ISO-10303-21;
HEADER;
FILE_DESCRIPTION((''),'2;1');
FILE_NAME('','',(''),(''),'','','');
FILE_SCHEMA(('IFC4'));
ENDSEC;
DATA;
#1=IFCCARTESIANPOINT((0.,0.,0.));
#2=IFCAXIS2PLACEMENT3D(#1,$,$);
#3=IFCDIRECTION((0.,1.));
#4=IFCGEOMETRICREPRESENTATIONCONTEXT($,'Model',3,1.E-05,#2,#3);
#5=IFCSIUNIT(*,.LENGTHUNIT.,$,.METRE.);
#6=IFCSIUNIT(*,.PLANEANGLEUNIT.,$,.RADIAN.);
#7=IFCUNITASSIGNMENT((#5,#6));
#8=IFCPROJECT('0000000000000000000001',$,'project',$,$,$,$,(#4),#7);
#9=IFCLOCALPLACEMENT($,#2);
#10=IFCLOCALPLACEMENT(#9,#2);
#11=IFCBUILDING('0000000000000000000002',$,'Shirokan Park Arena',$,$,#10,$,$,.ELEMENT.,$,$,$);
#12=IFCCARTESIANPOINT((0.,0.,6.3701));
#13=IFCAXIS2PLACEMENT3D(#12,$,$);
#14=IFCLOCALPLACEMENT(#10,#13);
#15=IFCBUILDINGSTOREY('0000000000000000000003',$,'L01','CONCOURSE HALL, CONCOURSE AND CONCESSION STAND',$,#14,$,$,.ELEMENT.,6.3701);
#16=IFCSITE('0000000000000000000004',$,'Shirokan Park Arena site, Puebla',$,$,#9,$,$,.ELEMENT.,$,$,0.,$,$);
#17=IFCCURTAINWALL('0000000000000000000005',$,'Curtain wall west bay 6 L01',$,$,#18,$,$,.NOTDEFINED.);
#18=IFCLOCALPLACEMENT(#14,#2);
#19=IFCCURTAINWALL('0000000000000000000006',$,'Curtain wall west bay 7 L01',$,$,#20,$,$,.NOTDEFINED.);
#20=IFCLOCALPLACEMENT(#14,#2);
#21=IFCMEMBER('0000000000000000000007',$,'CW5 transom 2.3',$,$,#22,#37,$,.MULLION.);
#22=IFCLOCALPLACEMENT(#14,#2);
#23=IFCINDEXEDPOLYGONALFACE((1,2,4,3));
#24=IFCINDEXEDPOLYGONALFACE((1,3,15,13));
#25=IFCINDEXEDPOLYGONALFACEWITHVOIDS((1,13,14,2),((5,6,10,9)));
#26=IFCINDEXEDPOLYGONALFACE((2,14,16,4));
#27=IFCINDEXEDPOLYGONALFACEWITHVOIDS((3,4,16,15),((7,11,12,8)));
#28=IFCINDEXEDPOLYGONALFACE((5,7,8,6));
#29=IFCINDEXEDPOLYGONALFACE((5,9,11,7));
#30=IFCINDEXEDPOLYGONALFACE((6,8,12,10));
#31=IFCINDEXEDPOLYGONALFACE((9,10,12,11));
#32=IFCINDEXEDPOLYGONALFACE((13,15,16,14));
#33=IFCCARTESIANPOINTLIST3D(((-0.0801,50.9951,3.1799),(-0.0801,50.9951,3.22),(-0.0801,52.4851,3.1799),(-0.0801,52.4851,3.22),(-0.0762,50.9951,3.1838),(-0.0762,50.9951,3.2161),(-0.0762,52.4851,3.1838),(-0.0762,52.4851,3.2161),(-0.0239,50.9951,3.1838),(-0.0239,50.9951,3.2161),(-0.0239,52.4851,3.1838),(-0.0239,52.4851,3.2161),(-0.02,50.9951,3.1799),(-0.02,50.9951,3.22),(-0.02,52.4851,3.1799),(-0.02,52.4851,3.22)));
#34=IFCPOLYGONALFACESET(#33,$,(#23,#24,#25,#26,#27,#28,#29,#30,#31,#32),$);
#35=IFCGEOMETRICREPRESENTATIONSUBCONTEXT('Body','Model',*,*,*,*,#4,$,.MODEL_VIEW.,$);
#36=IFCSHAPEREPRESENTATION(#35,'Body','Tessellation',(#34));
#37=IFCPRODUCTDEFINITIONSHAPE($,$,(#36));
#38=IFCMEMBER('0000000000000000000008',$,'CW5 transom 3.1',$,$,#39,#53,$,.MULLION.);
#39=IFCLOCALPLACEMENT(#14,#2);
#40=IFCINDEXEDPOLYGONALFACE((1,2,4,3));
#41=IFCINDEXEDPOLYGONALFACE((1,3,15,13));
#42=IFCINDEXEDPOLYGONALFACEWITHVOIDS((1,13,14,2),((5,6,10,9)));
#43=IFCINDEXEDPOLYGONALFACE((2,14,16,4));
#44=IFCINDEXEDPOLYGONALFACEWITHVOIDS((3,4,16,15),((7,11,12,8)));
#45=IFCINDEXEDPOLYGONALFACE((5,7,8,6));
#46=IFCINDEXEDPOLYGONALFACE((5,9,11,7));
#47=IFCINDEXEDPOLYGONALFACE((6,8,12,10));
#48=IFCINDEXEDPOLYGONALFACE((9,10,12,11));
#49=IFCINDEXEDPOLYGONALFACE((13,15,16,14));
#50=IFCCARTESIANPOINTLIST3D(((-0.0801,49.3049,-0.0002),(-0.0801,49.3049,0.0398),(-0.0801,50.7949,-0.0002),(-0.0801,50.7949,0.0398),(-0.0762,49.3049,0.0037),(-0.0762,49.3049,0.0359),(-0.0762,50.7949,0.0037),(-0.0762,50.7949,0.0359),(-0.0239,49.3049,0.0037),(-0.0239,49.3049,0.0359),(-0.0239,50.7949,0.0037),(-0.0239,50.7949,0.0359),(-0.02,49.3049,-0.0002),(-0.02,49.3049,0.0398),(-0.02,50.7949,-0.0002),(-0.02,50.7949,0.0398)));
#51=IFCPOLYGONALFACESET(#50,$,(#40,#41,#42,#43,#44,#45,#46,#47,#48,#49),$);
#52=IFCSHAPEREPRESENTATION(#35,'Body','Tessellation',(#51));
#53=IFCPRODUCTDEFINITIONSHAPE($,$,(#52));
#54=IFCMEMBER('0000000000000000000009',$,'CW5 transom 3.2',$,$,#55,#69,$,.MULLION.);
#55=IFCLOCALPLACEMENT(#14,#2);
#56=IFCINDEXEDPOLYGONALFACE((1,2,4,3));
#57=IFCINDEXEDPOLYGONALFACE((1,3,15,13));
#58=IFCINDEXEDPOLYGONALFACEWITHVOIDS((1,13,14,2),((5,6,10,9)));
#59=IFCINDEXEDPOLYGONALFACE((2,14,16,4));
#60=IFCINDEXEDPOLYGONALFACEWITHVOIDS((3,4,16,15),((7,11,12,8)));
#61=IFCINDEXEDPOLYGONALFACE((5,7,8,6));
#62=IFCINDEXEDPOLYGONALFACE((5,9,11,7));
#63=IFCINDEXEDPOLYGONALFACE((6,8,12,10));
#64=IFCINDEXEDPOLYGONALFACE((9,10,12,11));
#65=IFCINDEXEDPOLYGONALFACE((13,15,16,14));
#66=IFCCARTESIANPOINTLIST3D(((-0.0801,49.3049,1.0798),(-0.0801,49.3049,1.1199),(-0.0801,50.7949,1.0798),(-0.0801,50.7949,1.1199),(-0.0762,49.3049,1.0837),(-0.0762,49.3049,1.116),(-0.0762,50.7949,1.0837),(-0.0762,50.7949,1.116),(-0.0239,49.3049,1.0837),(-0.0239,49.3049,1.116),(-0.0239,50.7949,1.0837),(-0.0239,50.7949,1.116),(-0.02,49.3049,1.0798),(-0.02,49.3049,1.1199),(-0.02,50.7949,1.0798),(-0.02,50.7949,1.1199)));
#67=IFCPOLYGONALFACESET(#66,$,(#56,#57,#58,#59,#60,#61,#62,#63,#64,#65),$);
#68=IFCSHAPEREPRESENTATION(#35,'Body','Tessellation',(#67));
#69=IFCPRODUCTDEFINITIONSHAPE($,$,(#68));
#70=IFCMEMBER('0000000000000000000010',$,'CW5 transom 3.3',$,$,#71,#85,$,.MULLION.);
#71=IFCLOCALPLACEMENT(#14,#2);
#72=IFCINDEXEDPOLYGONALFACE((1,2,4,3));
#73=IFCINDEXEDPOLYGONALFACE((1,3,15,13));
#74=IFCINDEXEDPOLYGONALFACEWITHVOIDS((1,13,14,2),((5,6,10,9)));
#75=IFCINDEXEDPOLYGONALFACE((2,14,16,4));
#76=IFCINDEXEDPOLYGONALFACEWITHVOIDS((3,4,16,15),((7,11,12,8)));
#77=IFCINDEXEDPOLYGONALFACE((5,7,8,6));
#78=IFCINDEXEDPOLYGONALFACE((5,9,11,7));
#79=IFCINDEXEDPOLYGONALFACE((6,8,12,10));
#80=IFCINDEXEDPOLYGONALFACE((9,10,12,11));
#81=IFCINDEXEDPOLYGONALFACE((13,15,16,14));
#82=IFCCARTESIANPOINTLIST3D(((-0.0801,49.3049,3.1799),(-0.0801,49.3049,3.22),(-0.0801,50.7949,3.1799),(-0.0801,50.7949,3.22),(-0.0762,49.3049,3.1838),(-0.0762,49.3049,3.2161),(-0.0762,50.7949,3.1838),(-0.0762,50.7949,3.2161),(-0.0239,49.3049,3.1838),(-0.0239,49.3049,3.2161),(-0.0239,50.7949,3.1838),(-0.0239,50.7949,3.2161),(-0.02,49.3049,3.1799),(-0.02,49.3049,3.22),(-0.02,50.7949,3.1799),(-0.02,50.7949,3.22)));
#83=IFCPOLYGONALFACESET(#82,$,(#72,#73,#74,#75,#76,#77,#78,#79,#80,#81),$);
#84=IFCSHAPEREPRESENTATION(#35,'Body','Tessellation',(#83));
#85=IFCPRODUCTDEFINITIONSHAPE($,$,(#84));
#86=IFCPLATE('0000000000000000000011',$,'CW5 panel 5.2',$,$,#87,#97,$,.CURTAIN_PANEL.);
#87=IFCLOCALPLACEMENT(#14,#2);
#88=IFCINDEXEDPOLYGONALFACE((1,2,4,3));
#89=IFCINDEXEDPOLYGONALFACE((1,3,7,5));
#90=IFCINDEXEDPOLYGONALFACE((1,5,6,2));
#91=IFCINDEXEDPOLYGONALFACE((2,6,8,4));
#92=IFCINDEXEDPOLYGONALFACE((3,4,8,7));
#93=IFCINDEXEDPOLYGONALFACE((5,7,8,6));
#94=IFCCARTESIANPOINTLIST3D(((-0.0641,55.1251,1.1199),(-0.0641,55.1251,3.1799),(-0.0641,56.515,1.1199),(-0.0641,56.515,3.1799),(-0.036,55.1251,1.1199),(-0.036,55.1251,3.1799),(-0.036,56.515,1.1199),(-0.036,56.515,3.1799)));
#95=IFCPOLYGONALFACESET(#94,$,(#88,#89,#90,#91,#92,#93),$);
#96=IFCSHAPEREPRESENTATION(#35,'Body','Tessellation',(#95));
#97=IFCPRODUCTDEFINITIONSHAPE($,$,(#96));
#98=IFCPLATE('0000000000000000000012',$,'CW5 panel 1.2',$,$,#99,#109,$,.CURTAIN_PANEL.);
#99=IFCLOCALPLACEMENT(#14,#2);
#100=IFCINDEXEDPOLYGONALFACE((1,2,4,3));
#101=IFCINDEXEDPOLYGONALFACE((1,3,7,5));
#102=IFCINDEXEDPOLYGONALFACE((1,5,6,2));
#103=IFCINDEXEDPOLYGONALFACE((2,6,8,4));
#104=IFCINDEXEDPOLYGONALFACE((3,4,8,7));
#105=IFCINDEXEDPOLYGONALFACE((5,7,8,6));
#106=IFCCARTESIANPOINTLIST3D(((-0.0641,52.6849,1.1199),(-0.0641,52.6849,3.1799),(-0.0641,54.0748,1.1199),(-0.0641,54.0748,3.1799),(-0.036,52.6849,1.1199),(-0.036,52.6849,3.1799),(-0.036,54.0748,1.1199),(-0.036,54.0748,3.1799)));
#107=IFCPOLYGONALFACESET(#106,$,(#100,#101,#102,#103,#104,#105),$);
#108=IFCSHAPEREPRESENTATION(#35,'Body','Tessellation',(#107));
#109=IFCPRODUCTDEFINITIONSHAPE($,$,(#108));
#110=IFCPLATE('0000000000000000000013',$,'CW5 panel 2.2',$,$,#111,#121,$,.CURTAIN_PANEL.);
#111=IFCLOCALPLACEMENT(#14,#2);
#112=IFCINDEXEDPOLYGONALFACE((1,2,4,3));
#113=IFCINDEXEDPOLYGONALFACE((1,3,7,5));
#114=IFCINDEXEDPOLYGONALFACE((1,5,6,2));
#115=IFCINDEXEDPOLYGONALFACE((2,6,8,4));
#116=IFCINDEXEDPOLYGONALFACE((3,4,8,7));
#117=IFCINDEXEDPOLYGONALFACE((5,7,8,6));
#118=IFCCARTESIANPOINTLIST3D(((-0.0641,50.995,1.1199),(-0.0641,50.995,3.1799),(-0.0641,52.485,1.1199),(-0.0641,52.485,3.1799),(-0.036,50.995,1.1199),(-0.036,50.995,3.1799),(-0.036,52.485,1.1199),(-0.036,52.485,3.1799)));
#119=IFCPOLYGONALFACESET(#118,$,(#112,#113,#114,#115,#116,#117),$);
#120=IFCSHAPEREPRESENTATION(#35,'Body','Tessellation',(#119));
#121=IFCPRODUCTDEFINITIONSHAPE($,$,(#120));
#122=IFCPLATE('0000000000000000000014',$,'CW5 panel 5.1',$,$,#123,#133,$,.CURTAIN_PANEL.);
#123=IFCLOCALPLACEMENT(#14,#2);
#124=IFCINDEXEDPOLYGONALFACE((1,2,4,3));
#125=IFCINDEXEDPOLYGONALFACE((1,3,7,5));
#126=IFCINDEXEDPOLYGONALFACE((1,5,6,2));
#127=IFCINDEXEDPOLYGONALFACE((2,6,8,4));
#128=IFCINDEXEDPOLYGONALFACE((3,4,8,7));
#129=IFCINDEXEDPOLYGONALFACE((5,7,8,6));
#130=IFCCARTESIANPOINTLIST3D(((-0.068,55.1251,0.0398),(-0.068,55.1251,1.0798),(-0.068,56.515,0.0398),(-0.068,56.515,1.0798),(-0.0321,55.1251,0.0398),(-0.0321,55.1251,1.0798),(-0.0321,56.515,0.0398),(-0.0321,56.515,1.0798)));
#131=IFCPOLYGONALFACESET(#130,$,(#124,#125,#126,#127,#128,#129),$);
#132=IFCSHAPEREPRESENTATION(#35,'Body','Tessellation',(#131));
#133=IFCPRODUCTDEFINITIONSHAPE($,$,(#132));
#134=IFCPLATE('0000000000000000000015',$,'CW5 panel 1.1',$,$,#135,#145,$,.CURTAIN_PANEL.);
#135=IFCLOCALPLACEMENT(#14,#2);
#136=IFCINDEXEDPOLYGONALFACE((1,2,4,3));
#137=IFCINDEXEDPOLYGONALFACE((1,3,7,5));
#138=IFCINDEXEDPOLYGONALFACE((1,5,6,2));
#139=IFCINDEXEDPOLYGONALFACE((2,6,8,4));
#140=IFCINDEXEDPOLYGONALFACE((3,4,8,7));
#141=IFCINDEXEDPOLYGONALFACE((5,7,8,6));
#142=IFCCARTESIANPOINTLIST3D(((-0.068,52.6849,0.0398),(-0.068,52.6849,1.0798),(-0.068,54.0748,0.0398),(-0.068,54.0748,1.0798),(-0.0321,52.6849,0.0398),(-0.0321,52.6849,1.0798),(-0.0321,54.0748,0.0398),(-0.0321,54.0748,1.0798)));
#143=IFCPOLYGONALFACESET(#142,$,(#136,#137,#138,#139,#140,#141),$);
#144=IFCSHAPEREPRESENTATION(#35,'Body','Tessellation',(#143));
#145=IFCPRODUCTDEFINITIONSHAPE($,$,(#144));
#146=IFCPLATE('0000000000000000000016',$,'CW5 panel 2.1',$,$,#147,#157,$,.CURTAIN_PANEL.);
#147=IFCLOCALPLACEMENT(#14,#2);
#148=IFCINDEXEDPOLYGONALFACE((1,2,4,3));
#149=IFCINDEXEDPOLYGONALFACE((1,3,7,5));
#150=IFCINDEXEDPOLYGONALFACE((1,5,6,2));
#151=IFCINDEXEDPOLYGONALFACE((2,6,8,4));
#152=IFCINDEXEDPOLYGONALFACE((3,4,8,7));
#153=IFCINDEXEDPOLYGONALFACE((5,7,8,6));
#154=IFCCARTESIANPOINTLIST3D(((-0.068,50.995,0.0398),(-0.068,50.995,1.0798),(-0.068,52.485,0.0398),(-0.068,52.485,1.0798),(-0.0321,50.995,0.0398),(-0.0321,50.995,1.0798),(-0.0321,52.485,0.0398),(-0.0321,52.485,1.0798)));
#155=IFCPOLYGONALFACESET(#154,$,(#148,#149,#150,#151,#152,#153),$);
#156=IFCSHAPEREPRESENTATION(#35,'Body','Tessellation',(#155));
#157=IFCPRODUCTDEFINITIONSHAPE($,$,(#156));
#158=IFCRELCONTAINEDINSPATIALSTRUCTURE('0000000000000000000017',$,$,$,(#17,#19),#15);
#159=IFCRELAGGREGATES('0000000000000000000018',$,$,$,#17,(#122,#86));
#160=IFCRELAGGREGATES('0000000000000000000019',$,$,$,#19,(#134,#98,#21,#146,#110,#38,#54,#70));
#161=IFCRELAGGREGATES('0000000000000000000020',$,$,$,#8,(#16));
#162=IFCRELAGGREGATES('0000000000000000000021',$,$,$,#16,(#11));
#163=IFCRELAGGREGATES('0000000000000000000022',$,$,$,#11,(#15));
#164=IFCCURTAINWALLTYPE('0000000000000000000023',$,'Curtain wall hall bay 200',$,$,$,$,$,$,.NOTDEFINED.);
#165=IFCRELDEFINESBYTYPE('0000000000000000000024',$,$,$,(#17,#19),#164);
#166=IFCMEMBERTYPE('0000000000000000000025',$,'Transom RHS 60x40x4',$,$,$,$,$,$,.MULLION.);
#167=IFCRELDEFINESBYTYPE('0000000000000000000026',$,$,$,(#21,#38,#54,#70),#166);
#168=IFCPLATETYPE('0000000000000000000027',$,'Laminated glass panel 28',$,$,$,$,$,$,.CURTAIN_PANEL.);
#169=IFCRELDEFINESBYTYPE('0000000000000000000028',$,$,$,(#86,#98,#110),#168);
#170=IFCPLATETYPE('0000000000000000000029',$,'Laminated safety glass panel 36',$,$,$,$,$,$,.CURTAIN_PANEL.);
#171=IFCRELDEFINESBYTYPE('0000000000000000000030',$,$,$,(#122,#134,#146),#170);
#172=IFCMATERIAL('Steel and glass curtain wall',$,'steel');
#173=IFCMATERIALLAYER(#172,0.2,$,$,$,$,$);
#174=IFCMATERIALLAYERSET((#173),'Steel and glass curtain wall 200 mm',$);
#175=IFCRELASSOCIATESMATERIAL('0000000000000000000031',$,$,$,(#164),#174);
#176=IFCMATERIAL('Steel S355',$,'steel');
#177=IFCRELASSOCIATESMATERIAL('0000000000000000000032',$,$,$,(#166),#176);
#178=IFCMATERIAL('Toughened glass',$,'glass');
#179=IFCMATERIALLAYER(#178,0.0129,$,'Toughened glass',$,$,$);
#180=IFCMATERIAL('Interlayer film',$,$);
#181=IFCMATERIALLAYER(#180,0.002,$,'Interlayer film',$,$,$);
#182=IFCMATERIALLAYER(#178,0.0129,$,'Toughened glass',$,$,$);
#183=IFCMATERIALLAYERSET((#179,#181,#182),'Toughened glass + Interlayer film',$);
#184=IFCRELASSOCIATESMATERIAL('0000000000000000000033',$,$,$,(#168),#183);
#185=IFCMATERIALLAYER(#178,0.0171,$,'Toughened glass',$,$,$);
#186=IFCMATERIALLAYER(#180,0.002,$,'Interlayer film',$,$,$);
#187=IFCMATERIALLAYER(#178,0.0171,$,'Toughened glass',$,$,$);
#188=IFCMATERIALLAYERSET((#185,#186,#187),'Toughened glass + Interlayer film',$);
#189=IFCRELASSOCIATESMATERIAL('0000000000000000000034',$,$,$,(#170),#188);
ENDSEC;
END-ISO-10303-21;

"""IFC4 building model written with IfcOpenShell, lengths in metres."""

from ifc_helpers import new_model, si_unit, direction, frame, origin, origin_2d, place, context, subcontext, project, spatial, rectangle, hollow_rectangle, extrude, material, layer, layer_set, material_profile, profile_set, type_object, element, aggregate, save


model = new_model("IFC4")

# Units and contexts
model_context = context("Model", 3, precision=1e-05, world=origin(), true_north=direction((0.0, 1.0)))
body_context = subcontext(model_context, "Body", "Model", "MODEL_VIEW")
ifc_project = project(units=[si_unit("LENGTHUNIT", "METRE"), si_unit("PLANEANGLEUNIT", "RADIAN")], contexts=[model_context])

# Site, building, storey
site_placement = place(None, origin())
site = spatial("IfcSite", under=ifc_project, at=site_placement, Name="Shirokan Park Arena site, Puebla", CompositionType="ELEMENT", RefElevation=0.0)
building_placement = place(site_placement, origin())
building = spatial("IfcBuilding", under=site, at=building_placement, Name="Shirokan Park Arena", CompositionType="ELEMENT")
storey_placement = place(building_placement, frame((0.0, 0.0, 6.3701)))
storey = spatial("IfcBuildingStorey", under=building, at=storey_placement, Name="L01", Description="CONCOURSE HALL, CONCOURSE AND CONCESSION STAND", CompositionType="ELEMENT", Elevation=6.3701)

# Curtain wall
ifc_material_1 = material(Name="Steel and glass curtain wall", Category="steel")
ifc_layer_1 = layer(ifc_material_1, 0.2)
ifc_layer_set_1 = layer_set([ifc_layer_1], Name="Steel and glass curtain wall 200 mm")
curtain_wall_type = type_object("IfcCurtainWallType", Name="Curtain wall hall bay 200", PredefinedType="NOTDEFINED", material=ifc_layer_set_1)
curtain_wall_1_placement = place(storey_placement, origin())
curtain_wall_1 = element("IfcCurtainWall", 1, at=curtain_wall_1_placement, inside=storey, type_object=curtain_wall_type, Name="Curtain wall west bay 6 L01", PredefinedType="NOTDEFINED")
ifc_material_2 = material(Name="Steel S355", Category="steel")

# Curtain wall
curtain_wall_2_placement = place(storey_placement, origin())
curtain_wall_2 = element("IfcCurtainWall", 2, at=curtain_wall_2_placement, inside=storey, type_object=curtain_wall_type, Name="Curtain wall west bay 7 L01", PredefinedType="NOTDEFINED")

# Members
ifc_material_profile_1 = material_profile(ifc_material_2, hollow_rectangle(XDim=0.0601, YDim=0.04, WallThickness=0.0039, at=origin_2d()), Name="RHS 60x40x4")
ifc_profile_set_1 = profile_set([ifc_material_profile_1], Name="Steel S355")
member_type_1 = type_object("IfcMemberType", Name="Transom RHS 60x40x4", PredefinedType="MULLION", material=ifc_profile_set_1)
member_1_placement = place(storey_placement, frame((-0.05, 52.4851, 3.2), z_axis=(0.0, -1.0, 0.0), x_axis=(1.0, 0.0, 0.0)))
member_1 = element("IfcMember", 3, at=member_1_placement, type_object=member_type_1, Name="CW5 transom 2.3", PredefinedType="MULLION", context=body_context, shape_type="SweptSolid", body=[
    extrude(hollow_rectangle(XDim=0.0601, YDim=0.04, WallThickness=0.0039, at=origin_2d()), origin(), (0.0, 0.0, 1.0), 1.49),
])
member_2_placement = place(storey_placement, frame((-0.05, 50.7949, 0.0198), z_axis=(0.0, -1.0, 0.0), x_axis=(1.0, 0.0, 0.0)))
member_2 = element("IfcMember", 4, at=member_2_placement, type_object=member_type_1, Name="CW5 transom 3.1", PredefinedType="MULLION", context=body_context, shape_type="SweptSolid", body=[
    extrude(hollow_rectangle(XDim=0.0601, YDim=0.04, WallThickness=0.0039, at=origin_2d()), origin(), (0.0, 0.0, 1.0), 1.49),
])
member_3_placement = place(storey_placement, frame((-0.05, 50.7949, 1.0999), z_axis=(0.0, -1.0, 0.0), x_axis=(1.0, 0.0, 0.0)))
member_3 = element("IfcMember", 5, at=member_3_placement, type_object=member_type_1, Name="CW5 transom 3.2", PredefinedType="MULLION", context=body_context, shape_type="SweptSolid", body=[
    extrude(hollow_rectangle(XDim=0.0601, YDim=0.04, WallThickness=0.0039, at=origin_2d()), origin(), (0.0, 0.0, 1.0), 1.49),
])
member_4_placement = place(storey_placement, frame((-0.05, 50.7949, 3.2), z_axis=(0.0, -1.0, 0.0), x_axis=(1.0, 0.0, 0.0)))
member_4 = element("IfcMember", 6, at=member_4_placement, type_object=member_type_1, Name="CW5 transom 3.3", PredefinedType="MULLION", context=body_context, shape_type="SweptSolid", body=[
    extrude(hollow_rectangle(XDim=0.0601, YDim=0.04, WallThickness=0.0039, at=origin_2d()), origin(), (0.0, 0.0, 1.0), 1.49),
])

# Plates
ifc_material_3 = material(Name="Toughened glass", Category="glass")
ifc_layer_2 = layer(ifc_material_3, 0.0129, Name="Toughened glass")
ifc_material_4 = material(Name="Interlayer film")
ifc_layer_3 = layer(ifc_material_4, 0.002, Name="Interlayer film")
ifc_layer_4 = layer(ifc_material_3, 0.0129, Name="Toughened glass")
ifc_layer_set_2 = layer_set([ifc_layer_2, ifc_layer_3, ifc_layer_4], Name="Toughened glass + Interlayer film")
plate_type_1 = type_object("IfcPlateType", Name="Laminated glass panel 28", PredefinedType="CURTAIN_PANEL", material=ifc_layer_set_2)
plate_1_placement = place(storey_placement, frame((-0.05, 55.8201, 1.1199), z_axis=(0.0, 0.0, 1.0), x_axis=(0.0, -1.0, 0.0)))
plate_1 = element("IfcPlate", 7, at=plate_1_placement, type_object=plate_type_1, Name="CW5 panel 5.2", PredefinedType="CURTAIN_PANEL", context=body_context, shape_type="SweptSolid", body=[
    extrude(rectangle(XDim=1.3899, YDim=0.0281, at=origin_2d()), origin(), (0.0, 0.0, 1.0), 2.0601),
])
plate_2_placement = place(storey_placement, frame((-0.05, 53.3799, 1.1199), z_axis=(0.0, 0.0, 1.0), x_axis=(0.0, -1.0, 0.0)))
plate_2 = element("IfcPlate", 8, at=plate_2_placement, type_object=plate_type_1, Name="CW5 panel 1.2", PredefinedType="CURTAIN_PANEL", context=body_context, shape_type="SweptSolid", body=[
    extrude(rectangle(XDim=1.3899, YDim=0.0281, at=origin_2d()), origin(), (0.0, 0.0, 1.0), 2.0601),
])
plate_3_placement = place(storey_placement, frame((-0.05, 51.74, 1.1199), z_axis=(0.0, 0.0, 1.0), x_axis=(0.0, -1.0, 0.0)))
plate_3 = element("IfcPlate", 9, at=plate_3_placement, type_object=plate_type_1, Name="CW5 panel 2.2", PredefinedType="CURTAIN_PANEL", context=body_context, shape_type="SweptSolid", body=[
    extrude(rectangle(XDim=1.49, YDim=0.0281, at=origin_2d()), origin(), (0.0, 0.0, 1.0), 2.0601),
])
ifc_layer_5 = layer(ifc_material_3, 0.0171, Name="Toughened glass")
ifc_layer_6 = layer(ifc_material_4, 0.002, Name="Interlayer film")
ifc_layer_7 = layer(ifc_material_3, 0.0171, Name="Toughened glass")
ifc_layer_set_3 = layer_set([ifc_layer_5, ifc_layer_6, ifc_layer_7], Name="Toughened glass + Interlayer film")
plate_type_2 = type_object("IfcPlateType", Name="Laminated safety glass panel 36", PredefinedType="CURTAIN_PANEL", material=ifc_layer_set_3)
plate_4_placement = place(storey_placement, frame((-0.05, 55.8201, 0.0398), z_axis=(0.0, 0.0, 1.0), x_axis=(0.0, -1.0, 0.0)))
plate_4 = element("IfcPlate", 10, at=plate_4_placement, type_object=plate_type_2, Name="CW5 panel 5.1", PredefinedType="CURTAIN_PANEL", context=body_context, shape_type="SweptSolid", body=[
    extrude(rectangle(XDim=1.3899, YDim=0.0359, at=origin_2d()), origin(), (0.0, 0.0, 1.0), 1.04),
])
aggregate(curtain_wall_1, [plate_4, plate_1])
plate_5_placement = place(storey_placement, frame((-0.05, 53.3799, 0.0398), z_axis=(0.0, 0.0, 1.0), x_axis=(0.0, -1.0, 0.0)))
plate_5 = element("IfcPlate", 11, at=plate_5_placement, type_object=plate_type_2, Name="CW5 panel 1.1", PredefinedType="CURTAIN_PANEL", context=body_context, shape_type="SweptSolid", body=[
    extrude(rectangle(XDim=1.3899, YDim=0.0359, at=origin_2d()), origin(), (0.0, 0.0, 1.0), 1.04),
])
plate_6_placement = place(storey_placement, frame((-0.05, 51.74, 0.0398), z_axis=(0.0, 0.0, 1.0), x_axis=(0.0, -1.0, 0.0)))
plate_6 = element("IfcPlate", 12, at=plate_6_placement, type_object=plate_type_2, Name="CW5 panel 2.1", PredefinedType="CURTAIN_PANEL", context=body_context, shape_type="SweptSolid", body=[
    extrude(rectangle(XDim=1.49, YDim=0.0359, at=origin_2d()), origin(), (0.0, 0.0, 1.0), 1.04),
])
aggregate(curtain_wall_2, [plate_5, plate_2, member_1, plate_6, plate_3, member_2, member_3, member_4])

save(model, "model.ifc")
